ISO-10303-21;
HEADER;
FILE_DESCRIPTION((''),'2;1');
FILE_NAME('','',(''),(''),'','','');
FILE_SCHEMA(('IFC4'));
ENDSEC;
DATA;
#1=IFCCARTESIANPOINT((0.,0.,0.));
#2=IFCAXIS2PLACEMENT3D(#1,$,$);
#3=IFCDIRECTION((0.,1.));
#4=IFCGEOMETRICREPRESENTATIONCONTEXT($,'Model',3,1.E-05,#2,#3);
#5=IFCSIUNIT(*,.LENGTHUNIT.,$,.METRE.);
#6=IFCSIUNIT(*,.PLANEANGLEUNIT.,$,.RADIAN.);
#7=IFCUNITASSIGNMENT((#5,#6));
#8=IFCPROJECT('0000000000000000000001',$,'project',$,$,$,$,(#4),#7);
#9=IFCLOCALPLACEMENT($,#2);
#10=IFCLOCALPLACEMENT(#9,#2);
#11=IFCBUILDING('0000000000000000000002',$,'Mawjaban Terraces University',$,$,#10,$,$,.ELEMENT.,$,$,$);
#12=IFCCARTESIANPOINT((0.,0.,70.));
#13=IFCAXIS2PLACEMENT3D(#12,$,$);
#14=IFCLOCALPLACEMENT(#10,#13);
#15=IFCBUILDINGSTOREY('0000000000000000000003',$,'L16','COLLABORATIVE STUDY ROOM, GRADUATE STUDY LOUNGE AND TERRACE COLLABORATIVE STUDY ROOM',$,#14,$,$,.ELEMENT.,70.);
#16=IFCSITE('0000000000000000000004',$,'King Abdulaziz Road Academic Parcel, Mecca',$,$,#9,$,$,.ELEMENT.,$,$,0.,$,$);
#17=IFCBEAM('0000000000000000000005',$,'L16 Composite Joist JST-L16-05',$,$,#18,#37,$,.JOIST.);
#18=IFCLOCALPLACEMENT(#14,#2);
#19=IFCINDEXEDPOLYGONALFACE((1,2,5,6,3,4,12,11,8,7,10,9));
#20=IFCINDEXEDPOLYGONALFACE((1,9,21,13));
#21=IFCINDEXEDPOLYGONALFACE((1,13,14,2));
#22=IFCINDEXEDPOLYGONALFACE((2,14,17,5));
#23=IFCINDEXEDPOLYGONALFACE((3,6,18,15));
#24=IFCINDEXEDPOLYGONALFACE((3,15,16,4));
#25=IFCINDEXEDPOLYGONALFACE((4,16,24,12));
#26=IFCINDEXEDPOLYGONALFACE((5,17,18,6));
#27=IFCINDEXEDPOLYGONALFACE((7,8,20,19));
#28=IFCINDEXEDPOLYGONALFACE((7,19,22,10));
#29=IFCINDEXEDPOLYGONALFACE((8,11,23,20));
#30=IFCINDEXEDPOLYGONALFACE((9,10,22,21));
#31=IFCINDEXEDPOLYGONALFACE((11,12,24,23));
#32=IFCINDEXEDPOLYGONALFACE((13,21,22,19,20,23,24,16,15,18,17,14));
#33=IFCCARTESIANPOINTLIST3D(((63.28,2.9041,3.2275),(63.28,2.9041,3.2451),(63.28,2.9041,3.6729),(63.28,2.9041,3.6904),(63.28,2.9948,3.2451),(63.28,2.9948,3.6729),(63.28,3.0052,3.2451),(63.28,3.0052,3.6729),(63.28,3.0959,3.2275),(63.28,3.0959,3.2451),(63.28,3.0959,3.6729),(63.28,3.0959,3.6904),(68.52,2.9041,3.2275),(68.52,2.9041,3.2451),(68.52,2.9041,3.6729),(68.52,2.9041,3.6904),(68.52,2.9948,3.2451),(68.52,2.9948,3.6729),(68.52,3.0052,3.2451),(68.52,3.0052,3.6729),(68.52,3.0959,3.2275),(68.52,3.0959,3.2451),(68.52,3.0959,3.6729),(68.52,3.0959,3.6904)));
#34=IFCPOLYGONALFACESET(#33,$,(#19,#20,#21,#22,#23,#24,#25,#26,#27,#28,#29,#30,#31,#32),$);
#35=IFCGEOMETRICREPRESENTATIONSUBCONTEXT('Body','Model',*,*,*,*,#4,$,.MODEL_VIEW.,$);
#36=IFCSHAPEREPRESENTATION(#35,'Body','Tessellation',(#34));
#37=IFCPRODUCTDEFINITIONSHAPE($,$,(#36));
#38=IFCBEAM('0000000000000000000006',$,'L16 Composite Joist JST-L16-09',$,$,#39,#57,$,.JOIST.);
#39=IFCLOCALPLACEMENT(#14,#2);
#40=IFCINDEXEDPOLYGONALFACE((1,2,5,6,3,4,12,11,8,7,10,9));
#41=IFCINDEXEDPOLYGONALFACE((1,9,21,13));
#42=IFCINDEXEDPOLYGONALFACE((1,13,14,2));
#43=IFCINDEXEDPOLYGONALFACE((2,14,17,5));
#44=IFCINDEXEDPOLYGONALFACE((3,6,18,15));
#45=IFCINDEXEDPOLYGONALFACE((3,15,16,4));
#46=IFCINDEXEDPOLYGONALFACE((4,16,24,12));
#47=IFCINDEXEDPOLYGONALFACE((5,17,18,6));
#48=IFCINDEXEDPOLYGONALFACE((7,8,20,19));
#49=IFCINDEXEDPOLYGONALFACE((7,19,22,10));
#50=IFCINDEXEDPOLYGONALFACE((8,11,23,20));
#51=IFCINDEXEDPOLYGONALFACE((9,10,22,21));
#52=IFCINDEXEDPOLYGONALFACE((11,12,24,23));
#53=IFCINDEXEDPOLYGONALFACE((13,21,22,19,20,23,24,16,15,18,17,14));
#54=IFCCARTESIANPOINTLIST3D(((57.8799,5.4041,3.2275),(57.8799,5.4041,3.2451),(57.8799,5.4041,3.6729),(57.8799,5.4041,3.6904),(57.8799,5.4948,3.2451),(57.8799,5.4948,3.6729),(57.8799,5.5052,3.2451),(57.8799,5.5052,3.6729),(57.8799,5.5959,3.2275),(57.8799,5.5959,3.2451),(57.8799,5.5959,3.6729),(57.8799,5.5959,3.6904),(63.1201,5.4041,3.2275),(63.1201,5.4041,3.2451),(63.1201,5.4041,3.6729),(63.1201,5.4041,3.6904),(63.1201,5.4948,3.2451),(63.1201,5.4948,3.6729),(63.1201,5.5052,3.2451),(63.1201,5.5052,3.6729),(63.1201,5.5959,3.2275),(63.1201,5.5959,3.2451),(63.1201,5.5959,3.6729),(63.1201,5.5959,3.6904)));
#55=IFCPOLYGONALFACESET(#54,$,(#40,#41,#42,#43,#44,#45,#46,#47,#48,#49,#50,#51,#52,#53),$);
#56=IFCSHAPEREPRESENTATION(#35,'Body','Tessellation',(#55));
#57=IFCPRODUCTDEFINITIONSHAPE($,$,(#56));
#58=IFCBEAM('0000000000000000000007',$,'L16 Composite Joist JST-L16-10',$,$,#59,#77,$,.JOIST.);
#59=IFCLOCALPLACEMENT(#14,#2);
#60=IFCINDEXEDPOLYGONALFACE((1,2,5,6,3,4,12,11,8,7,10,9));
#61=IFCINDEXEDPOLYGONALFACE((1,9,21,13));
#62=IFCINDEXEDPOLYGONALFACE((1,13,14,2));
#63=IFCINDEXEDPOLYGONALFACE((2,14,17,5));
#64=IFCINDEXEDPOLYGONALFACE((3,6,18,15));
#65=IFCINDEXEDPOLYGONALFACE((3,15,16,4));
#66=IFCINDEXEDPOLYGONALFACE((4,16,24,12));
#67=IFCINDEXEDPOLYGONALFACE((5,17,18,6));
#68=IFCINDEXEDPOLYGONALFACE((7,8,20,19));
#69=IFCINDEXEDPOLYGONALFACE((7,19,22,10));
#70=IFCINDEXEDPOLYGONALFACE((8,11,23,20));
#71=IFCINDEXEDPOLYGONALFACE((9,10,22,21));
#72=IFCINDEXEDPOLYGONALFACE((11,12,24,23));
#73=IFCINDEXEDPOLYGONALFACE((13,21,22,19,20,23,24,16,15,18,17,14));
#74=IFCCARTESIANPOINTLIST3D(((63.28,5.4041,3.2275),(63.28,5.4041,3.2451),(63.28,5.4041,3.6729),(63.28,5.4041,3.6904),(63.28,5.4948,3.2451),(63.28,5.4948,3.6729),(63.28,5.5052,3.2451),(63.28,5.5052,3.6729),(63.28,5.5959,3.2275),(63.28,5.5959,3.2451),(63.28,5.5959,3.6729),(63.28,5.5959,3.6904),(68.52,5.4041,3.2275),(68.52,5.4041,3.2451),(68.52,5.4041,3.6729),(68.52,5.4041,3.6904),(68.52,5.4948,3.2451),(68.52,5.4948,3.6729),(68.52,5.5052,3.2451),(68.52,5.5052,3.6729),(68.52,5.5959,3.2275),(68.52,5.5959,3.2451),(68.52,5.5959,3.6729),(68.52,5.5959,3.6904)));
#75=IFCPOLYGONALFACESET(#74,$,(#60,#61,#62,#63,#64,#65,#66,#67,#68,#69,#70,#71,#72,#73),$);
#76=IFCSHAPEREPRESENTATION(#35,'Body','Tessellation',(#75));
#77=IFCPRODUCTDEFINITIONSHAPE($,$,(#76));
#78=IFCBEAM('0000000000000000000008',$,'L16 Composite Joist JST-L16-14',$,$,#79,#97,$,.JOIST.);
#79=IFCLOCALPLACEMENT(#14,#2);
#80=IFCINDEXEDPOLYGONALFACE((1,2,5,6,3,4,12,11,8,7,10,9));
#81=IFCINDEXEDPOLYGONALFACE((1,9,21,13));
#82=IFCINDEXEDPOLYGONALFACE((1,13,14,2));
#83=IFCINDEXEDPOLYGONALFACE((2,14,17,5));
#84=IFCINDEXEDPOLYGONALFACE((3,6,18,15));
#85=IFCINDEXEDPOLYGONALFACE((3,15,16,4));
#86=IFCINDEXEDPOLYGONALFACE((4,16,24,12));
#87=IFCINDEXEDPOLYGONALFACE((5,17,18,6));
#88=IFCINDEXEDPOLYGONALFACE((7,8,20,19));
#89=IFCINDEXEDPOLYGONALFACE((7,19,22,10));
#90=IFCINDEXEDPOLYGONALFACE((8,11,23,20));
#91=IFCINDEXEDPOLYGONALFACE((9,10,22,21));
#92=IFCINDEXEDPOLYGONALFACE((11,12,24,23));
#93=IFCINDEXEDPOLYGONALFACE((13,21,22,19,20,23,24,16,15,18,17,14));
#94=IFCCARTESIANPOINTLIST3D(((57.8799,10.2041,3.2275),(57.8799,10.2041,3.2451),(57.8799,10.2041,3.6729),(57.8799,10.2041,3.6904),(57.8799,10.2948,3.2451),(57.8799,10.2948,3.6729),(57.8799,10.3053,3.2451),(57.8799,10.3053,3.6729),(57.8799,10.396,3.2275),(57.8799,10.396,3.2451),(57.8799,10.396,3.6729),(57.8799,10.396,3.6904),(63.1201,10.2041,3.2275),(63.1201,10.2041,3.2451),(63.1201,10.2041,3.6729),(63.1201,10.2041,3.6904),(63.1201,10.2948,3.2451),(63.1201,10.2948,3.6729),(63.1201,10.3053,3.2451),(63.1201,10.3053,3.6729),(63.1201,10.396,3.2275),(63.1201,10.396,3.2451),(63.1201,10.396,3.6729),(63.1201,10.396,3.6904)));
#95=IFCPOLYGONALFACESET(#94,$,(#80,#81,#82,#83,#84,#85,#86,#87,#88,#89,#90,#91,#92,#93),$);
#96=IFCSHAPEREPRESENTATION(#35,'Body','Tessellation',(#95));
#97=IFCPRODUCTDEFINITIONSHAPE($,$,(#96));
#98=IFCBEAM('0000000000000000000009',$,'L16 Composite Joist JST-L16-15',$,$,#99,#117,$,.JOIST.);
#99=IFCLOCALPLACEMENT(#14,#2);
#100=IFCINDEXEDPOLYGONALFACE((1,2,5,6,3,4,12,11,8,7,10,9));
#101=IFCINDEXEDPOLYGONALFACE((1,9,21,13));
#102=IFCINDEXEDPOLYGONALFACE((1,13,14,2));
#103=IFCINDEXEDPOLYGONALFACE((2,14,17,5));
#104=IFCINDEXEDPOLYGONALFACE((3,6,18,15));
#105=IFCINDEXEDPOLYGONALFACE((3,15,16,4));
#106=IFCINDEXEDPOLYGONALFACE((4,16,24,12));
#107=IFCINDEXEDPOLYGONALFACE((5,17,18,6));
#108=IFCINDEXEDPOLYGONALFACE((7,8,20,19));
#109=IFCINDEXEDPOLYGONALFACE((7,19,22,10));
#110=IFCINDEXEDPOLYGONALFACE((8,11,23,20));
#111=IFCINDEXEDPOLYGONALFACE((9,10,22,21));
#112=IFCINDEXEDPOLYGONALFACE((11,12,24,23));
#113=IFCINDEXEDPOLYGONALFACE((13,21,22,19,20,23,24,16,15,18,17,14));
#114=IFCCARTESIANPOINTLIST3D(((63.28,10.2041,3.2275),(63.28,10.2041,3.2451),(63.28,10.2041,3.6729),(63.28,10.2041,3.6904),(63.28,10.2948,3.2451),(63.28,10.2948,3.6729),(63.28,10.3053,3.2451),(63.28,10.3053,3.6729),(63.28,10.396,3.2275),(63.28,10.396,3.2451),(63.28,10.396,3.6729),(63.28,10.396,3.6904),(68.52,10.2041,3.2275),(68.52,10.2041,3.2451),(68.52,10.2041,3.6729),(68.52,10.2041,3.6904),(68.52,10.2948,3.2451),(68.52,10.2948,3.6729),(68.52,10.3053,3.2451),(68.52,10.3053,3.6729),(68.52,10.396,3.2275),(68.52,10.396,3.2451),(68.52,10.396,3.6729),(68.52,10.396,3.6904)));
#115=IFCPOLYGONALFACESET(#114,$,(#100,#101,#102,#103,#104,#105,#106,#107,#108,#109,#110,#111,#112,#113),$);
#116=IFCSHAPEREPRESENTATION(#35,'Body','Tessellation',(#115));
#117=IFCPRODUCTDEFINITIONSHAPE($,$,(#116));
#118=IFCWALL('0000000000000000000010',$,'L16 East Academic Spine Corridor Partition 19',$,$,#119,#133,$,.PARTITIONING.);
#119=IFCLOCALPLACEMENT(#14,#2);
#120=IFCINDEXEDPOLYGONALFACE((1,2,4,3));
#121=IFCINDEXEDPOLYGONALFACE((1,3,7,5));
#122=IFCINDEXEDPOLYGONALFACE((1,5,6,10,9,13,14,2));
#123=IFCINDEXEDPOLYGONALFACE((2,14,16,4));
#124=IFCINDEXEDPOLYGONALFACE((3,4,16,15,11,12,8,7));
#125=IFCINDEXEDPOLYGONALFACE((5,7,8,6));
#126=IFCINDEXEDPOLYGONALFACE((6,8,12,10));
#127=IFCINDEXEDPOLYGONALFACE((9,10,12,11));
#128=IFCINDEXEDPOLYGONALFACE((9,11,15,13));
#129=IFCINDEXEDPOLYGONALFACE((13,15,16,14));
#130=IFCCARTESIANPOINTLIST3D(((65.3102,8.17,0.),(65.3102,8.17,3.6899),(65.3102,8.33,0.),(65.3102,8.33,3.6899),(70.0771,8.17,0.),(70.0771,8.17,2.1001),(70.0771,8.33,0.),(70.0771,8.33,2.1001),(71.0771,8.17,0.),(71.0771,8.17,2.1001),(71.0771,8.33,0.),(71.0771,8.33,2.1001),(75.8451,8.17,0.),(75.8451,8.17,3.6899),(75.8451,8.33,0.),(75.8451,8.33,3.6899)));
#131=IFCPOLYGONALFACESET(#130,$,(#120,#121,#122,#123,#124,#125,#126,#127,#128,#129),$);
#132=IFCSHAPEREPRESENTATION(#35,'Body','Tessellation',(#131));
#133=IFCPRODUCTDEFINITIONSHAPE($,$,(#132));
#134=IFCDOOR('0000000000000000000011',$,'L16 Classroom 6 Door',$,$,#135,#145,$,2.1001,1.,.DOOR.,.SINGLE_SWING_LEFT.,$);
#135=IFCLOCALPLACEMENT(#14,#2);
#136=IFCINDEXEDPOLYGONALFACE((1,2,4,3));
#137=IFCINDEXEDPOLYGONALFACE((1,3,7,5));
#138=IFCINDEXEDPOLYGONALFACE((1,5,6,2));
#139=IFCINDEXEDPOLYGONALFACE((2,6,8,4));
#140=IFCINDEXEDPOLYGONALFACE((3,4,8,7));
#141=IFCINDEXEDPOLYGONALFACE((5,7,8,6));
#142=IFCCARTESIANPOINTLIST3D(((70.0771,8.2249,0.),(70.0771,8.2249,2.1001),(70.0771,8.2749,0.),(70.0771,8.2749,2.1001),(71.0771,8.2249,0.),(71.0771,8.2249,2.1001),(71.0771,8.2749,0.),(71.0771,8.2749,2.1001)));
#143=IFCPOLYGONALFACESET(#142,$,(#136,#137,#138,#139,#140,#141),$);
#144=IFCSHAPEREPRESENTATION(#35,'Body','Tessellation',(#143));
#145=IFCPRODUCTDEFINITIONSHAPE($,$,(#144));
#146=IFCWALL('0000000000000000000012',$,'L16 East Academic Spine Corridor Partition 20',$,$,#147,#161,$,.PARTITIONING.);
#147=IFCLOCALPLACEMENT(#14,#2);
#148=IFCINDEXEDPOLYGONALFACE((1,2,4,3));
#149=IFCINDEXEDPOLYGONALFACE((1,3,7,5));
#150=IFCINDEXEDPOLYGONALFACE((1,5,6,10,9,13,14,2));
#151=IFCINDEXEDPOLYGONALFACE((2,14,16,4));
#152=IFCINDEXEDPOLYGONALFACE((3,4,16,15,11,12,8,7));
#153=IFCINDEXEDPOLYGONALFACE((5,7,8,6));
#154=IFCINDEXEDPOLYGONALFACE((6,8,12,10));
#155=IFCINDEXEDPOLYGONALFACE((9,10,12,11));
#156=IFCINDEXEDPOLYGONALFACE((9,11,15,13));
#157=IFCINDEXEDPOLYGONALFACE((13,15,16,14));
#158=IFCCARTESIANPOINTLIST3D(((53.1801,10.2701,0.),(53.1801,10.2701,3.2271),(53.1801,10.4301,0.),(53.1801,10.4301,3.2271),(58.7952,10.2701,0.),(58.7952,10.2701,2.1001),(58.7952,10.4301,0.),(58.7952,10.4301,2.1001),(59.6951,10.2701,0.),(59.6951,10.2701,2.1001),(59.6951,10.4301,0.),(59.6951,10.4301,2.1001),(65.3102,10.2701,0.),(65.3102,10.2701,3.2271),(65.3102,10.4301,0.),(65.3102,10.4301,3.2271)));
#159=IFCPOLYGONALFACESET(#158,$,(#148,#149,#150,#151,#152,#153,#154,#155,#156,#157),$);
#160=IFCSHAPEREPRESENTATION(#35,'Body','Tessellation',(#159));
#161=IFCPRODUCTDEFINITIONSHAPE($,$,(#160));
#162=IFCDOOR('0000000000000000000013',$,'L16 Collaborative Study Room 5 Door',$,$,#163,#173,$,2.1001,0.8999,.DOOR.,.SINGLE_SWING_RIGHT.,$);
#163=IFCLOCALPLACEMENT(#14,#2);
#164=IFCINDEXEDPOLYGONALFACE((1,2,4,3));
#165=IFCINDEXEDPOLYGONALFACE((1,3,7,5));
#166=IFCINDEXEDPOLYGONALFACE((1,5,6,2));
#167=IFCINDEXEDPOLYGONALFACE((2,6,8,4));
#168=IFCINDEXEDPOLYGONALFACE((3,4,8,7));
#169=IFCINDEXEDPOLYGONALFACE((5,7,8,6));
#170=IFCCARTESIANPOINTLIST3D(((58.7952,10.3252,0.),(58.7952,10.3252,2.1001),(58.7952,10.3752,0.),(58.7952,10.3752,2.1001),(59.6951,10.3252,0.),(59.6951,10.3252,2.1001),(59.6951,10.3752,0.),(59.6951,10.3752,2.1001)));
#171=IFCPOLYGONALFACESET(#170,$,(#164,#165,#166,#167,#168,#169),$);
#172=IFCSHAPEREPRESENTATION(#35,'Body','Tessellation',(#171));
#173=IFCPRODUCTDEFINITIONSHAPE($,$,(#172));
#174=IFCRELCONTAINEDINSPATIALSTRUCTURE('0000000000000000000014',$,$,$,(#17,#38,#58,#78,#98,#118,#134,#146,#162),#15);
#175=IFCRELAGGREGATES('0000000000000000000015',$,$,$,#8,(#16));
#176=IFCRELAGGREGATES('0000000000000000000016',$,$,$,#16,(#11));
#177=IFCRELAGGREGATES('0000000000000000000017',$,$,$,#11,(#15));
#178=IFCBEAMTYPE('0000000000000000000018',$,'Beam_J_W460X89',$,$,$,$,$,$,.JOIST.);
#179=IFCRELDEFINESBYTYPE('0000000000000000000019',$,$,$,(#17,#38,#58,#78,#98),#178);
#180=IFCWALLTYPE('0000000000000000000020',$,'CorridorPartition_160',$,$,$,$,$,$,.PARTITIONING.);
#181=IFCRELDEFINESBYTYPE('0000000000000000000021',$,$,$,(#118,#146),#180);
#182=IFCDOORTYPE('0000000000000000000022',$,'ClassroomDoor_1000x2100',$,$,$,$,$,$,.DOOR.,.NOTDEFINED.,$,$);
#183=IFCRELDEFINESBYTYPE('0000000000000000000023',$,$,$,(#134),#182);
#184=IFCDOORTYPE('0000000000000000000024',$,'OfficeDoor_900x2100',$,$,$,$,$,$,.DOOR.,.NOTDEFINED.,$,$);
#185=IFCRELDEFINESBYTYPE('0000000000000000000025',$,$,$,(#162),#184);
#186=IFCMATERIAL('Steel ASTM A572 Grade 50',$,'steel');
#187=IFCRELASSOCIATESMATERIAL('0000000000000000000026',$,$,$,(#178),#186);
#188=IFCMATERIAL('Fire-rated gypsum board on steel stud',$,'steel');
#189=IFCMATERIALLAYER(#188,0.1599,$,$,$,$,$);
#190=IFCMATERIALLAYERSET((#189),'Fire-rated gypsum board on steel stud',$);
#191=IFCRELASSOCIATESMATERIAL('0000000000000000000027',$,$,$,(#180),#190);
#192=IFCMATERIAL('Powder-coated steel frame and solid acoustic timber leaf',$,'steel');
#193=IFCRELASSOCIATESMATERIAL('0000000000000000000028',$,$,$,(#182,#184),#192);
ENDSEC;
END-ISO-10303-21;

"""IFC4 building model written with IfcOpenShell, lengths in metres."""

from ifc_helpers import new_model, si_unit, direction, frame, frame_2d, origin, origin_2d, place, context, subcontext, project, spatial, rectangle, i_section, extrude, material, layer, layer_set, material_profile, profile_set, type_object, element, fill, save


model = new_model("IFC4")

# Units and contexts
model_context = context("Model", 3, precision=1e-05, world=origin(), true_north=direction((0.0, 1.0)))
body_context = subcontext(model_context, "Body", "Model", "MODEL_VIEW")
ifc_project = project(units=[si_unit("LENGTHUNIT", "METRE"), si_unit("PLANEANGLEUNIT", "RADIAN")], contexts=[model_context])

# Site, building, storey
site_placement = place(None, origin())
site = spatial("IfcSite", under=ifc_project, at=site_placement, Name="King Abdulaziz Road Academic Parcel, Mecca", CompositionType="ELEMENT", RefElevation=0.0)
building_placement = place(site_placement, origin())
building = spatial("IfcBuilding", under=site, at=building_placement, Name="Mawjaban Terraces University", CompositionType="ELEMENT")
storey_placement = place(building_placement, frame((0.0, 0.0, 70.0)))
storey = spatial("IfcBuildingStorey", under=building, at=storey_placement, Name="L16", Description="COLLABORATIVE STUDY ROOM, GRADUATE STUDY LOUNGE AND TERRACE COLLABORATIVE STUDY ROOM", CompositionType="ELEMENT", Elevation=70.0)

# Beams
ifc_material_1 = material(Name="Steel ASTM A572 Grade 50", Category="steel")
ifc_material_profile_1 = material_profile(ifc_material_1, i_section(OverallWidth=0.1919, OverallDepth=0.4629, WebThickness=0.0105, FlangeThickness=0.0176, at=origin_2d()), Name="W460X89")
ifc_profile_set_1 = profile_set([ifc_material_profile_1], Name="Steel ASTM A572 Grade 50")
beam_type_1 = type_object("IfcBeamType", Name="Beam_J_W460X89", PredefinedType="JOIST", material=ifc_profile_set_1)
beam_1_placement = place(storey_placement, frame((63.28, 3.0, 3.459), z_axis=(1.0, 0.0, 0.0), x_axis=(0.0, 1.0, 0.0)))
element("IfcBeam", 1, at=beam_1_placement, inside=storey, type_object=beam_type_1, Name="L16 Composite Joist JST-L16-05", PredefinedType="JOIST", context=body_context, shape_type="SweptSolid", body=[
    extrude(i_section(OverallWidth=0.1919, OverallDepth=0.4629, WebThickness=0.0105, FlangeThickness=0.0176, at=origin_2d()), origin(), (0.0, 0.0, 1.0), 5.24),
])
beam_2_placement = place(storey_placement, frame((57.8799, 5.5, 3.459), z_axis=(1.0, 0.0, 0.0), x_axis=(0.0, 1.0, 0.0)))
element("IfcBeam", 2, at=beam_2_placement, inside=storey, type_object=beam_type_1, Name="L16 Composite Joist JST-L16-09", PredefinedType="JOIST", context=body_context, shape_type="SweptSolid", body=[
    extrude(i_section(OverallWidth=0.1919, OverallDepth=0.4629, WebThickness=0.0105, FlangeThickness=0.0176, at=origin_2d()), origin(), (0.0, 0.0, 1.0), 5.2402),
])
beam_3_placement = place(storey_placement, frame((63.28, 5.5, 3.459), z_axis=(1.0, 0.0, 0.0), x_axis=(0.0, 1.0, 0.0)))
element("IfcBeam", 3, at=beam_3_placement, inside=storey, type_object=beam_type_1, Name="L16 Composite Joist JST-L16-10", PredefinedType="JOIST", context=body_context, shape_type="SweptSolid", body=[
    extrude(i_section(OverallWidth=0.1919, OverallDepth=0.4629, WebThickness=0.0105, FlangeThickness=0.0176, at=origin_2d()), origin(), (0.0, 0.0, 1.0), 5.24),
])
beam_4_placement = place(storey_placement, frame((57.8799, 10.3, 3.459), z_axis=(1.0, 0.0, 0.0), x_axis=(0.0, 1.0, 0.0)))
element("IfcBeam", 4, at=beam_4_placement, inside=storey, type_object=beam_type_1, Name="L16 Composite Joist JST-L16-14", PredefinedType="JOIST", context=body_context, shape_type="SweptSolid", body=[
    extrude(i_section(OverallWidth=0.1919, OverallDepth=0.4629, WebThickness=0.0105, FlangeThickness=0.0176, at=origin_2d()), origin(), (0.0, 0.0, 1.0), 5.2402),
])
beam_5_placement = place(storey_placement, frame((63.28, 10.3, 3.459), z_axis=(1.0, 0.0, 0.0), x_axis=(0.0, 1.0, 0.0)))
element("IfcBeam", 5, at=beam_5_placement, inside=storey, type_object=beam_type_1, Name="L16 Composite Joist JST-L16-15", PredefinedType="JOIST", context=body_context, shape_type="SweptSolid", body=[
    extrude(i_section(OverallWidth=0.1919, OverallDepth=0.4629, WebThickness=0.0105, FlangeThickness=0.0176, at=origin_2d()), origin(), (0.0, 0.0, 1.0), 5.24),
])

# Walls, openings, doors
ifc_material_2 = material(Name="Fire-rated gypsum board on steel stud", Category="steel")
ifc_layer_1 = layer(ifc_material_2, 0.1599)
ifc_layer_set_1 = layer_set([ifc_layer_1], Name="Fire-rated gypsum board on steel stud")
wall_type_1 = type_object("IfcWallType", Name="CorridorPartition_160", PredefinedType="PARTITIONING", material=ifc_layer_set_1)
wall_1_placement = place(storey_placement, frame((65.3101, 8.25, 0.0), z_axis=(0.0, 0.0, 1.0), x_axis=(1.0, 0.0, 0.0)))
wall_1 = element("IfcWall", 6, at=wall_1_placement, inside=storey, type_object=wall_type_1, Name="L16 East Academic Spine Corridor Partition 19", PredefinedType="PARTITIONING", context=body_context, shape_type="SweptSolid", body=[
    extrude(rectangle(XDim=10.5349, YDim=0.1599, at=frame_2d((5.2676, 0.0))), origin(), (0.0, 0.0, 1.0), 3.6899),
])
opening_1_placement = place(wall_1_placement, frame((4.7671, 0.0, 0.0)))
opening_1 = element("IfcOpeningElement", 7, at=opening_1_placement, cuts=wall_1, PredefinedType="OPENING", context=body_context, shape_type="SweptSolid", body=[
    extrude(rectangle(XDim=1.0, YDim=2.1001, at=frame_2d((0.5, 1.05))), frame((0.0, 0.0898, 0.0), z_axis=(0.0, -1.0, 0.0), x_axis=(1.0, 0.0, 0.0)), (0.0, 0.0, 1.0), 0.1799),
])
ifc_material_3 = material(Name="Powder-coated steel frame and solid acoustic timber leaf", Category="steel")
door_type_1 = type_object("IfcDoorType", Name="ClassroomDoor_1000x2100", OperationType="NOTDEFINED", PredefinedType="DOOR", material=ifc_material_3)
door_1_placement = place(opening_1_placement, origin())
door_1 = element("IfcDoor", 8, at=door_1_placement, inside=storey, type_object=door_type_1, Name="L16 Classroom 6 Door", OperationType="SINGLE_SWING_LEFT", OverallHeight=2.1001, OverallWidth=1.0, PredefinedType="DOOR", context=body_context, shape_type="SweptSolid", body=[
    extrude(rectangle(XDim=1.0, YDim=2.1001, at=frame_2d((0.5, 1.05))), frame((0.0, 0.0249, 0.0), z_axis=(0.0, -1.0, 0.0), x_axis=(1.0, 0.0, 0.0)), (0.0, 0.0, 1.0), 0.05),
])
fill(opening_1, door_1)
wall_2_placement = place(storey_placement, frame((65.3101, 10.3501, 0.0), z_axis=(0.0, 0.0, 1.0), x_axis=(-1.0, 0.0, 0.0)))
wall_2 = element("IfcWall", 9, at=wall_2_placement, inside=storey, type_object=wall_type_1, Name="L16 East Academic Spine Corridor Partition 20", PredefinedType="PARTITIONING", context=body_context, shape_type="SweptSolid", body=[
    extrude(rectangle(XDim=12.1301, YDim=0.1599, at=frame_2d((6.0649, 0.0))), origin(), (0.0, 0.0, 1.0), 3.2271),
])
opening_2_placement = place(wall_2_placement, frame((5.615, 0.0, 0.0)))
opening_2 = element("IfcOpeningElement", 10, at=opening_2_placement, cuts=wall_2, PredefinedType="OPENING", context=body_context, shape_type="SweptSolid", body=[
    extrude(rectangle(XDim=0.8999, YDim=2.1001, at=frame_2d((0.45, 1.05))), frame((0.0, 0.0898, 0.0), z_axis=(0.0, -1.0, 0.0), x_axis=(1.0, 0.0, 0.0)), (0.0, 0.0, 1.0), 0.1799),
])
door_type_2 = type_object("IfcDoorType", Name="OfficeDoor_900x2100", OperationType="NOTDEFINED", PredefinedType="DOOR", material=ifc_material_3)
door_2_placement = place(opening_2_placement, origin())
door_2 = element("IfcDoor", 11, at=door_2_placement, inside=storey, type_object=door_type_2, Name="L16 Collaborative Study Room 5 Door", OperationType="SINGLE_SWING_RIGHT", OverallHeight=2.1001, OverallWidth=0.8999, PredefinedType="DOOR", context=body_context, shape_type="SweptSolid", body=[
    extrude(rectangle(XDim=0.8999, YDim=2.1001, at=frame_2d((0.45, 1.05))), frame((0.0, 0.0249, 0.0), z_axis=(0.0, -1.0, 0.0), x_axis=(1.0, 0.0, 0.0)), (0.0, 0.0, 1.0), 0.05),
])
fill(opening_2, door_2)

save(model, "model.ifc")
